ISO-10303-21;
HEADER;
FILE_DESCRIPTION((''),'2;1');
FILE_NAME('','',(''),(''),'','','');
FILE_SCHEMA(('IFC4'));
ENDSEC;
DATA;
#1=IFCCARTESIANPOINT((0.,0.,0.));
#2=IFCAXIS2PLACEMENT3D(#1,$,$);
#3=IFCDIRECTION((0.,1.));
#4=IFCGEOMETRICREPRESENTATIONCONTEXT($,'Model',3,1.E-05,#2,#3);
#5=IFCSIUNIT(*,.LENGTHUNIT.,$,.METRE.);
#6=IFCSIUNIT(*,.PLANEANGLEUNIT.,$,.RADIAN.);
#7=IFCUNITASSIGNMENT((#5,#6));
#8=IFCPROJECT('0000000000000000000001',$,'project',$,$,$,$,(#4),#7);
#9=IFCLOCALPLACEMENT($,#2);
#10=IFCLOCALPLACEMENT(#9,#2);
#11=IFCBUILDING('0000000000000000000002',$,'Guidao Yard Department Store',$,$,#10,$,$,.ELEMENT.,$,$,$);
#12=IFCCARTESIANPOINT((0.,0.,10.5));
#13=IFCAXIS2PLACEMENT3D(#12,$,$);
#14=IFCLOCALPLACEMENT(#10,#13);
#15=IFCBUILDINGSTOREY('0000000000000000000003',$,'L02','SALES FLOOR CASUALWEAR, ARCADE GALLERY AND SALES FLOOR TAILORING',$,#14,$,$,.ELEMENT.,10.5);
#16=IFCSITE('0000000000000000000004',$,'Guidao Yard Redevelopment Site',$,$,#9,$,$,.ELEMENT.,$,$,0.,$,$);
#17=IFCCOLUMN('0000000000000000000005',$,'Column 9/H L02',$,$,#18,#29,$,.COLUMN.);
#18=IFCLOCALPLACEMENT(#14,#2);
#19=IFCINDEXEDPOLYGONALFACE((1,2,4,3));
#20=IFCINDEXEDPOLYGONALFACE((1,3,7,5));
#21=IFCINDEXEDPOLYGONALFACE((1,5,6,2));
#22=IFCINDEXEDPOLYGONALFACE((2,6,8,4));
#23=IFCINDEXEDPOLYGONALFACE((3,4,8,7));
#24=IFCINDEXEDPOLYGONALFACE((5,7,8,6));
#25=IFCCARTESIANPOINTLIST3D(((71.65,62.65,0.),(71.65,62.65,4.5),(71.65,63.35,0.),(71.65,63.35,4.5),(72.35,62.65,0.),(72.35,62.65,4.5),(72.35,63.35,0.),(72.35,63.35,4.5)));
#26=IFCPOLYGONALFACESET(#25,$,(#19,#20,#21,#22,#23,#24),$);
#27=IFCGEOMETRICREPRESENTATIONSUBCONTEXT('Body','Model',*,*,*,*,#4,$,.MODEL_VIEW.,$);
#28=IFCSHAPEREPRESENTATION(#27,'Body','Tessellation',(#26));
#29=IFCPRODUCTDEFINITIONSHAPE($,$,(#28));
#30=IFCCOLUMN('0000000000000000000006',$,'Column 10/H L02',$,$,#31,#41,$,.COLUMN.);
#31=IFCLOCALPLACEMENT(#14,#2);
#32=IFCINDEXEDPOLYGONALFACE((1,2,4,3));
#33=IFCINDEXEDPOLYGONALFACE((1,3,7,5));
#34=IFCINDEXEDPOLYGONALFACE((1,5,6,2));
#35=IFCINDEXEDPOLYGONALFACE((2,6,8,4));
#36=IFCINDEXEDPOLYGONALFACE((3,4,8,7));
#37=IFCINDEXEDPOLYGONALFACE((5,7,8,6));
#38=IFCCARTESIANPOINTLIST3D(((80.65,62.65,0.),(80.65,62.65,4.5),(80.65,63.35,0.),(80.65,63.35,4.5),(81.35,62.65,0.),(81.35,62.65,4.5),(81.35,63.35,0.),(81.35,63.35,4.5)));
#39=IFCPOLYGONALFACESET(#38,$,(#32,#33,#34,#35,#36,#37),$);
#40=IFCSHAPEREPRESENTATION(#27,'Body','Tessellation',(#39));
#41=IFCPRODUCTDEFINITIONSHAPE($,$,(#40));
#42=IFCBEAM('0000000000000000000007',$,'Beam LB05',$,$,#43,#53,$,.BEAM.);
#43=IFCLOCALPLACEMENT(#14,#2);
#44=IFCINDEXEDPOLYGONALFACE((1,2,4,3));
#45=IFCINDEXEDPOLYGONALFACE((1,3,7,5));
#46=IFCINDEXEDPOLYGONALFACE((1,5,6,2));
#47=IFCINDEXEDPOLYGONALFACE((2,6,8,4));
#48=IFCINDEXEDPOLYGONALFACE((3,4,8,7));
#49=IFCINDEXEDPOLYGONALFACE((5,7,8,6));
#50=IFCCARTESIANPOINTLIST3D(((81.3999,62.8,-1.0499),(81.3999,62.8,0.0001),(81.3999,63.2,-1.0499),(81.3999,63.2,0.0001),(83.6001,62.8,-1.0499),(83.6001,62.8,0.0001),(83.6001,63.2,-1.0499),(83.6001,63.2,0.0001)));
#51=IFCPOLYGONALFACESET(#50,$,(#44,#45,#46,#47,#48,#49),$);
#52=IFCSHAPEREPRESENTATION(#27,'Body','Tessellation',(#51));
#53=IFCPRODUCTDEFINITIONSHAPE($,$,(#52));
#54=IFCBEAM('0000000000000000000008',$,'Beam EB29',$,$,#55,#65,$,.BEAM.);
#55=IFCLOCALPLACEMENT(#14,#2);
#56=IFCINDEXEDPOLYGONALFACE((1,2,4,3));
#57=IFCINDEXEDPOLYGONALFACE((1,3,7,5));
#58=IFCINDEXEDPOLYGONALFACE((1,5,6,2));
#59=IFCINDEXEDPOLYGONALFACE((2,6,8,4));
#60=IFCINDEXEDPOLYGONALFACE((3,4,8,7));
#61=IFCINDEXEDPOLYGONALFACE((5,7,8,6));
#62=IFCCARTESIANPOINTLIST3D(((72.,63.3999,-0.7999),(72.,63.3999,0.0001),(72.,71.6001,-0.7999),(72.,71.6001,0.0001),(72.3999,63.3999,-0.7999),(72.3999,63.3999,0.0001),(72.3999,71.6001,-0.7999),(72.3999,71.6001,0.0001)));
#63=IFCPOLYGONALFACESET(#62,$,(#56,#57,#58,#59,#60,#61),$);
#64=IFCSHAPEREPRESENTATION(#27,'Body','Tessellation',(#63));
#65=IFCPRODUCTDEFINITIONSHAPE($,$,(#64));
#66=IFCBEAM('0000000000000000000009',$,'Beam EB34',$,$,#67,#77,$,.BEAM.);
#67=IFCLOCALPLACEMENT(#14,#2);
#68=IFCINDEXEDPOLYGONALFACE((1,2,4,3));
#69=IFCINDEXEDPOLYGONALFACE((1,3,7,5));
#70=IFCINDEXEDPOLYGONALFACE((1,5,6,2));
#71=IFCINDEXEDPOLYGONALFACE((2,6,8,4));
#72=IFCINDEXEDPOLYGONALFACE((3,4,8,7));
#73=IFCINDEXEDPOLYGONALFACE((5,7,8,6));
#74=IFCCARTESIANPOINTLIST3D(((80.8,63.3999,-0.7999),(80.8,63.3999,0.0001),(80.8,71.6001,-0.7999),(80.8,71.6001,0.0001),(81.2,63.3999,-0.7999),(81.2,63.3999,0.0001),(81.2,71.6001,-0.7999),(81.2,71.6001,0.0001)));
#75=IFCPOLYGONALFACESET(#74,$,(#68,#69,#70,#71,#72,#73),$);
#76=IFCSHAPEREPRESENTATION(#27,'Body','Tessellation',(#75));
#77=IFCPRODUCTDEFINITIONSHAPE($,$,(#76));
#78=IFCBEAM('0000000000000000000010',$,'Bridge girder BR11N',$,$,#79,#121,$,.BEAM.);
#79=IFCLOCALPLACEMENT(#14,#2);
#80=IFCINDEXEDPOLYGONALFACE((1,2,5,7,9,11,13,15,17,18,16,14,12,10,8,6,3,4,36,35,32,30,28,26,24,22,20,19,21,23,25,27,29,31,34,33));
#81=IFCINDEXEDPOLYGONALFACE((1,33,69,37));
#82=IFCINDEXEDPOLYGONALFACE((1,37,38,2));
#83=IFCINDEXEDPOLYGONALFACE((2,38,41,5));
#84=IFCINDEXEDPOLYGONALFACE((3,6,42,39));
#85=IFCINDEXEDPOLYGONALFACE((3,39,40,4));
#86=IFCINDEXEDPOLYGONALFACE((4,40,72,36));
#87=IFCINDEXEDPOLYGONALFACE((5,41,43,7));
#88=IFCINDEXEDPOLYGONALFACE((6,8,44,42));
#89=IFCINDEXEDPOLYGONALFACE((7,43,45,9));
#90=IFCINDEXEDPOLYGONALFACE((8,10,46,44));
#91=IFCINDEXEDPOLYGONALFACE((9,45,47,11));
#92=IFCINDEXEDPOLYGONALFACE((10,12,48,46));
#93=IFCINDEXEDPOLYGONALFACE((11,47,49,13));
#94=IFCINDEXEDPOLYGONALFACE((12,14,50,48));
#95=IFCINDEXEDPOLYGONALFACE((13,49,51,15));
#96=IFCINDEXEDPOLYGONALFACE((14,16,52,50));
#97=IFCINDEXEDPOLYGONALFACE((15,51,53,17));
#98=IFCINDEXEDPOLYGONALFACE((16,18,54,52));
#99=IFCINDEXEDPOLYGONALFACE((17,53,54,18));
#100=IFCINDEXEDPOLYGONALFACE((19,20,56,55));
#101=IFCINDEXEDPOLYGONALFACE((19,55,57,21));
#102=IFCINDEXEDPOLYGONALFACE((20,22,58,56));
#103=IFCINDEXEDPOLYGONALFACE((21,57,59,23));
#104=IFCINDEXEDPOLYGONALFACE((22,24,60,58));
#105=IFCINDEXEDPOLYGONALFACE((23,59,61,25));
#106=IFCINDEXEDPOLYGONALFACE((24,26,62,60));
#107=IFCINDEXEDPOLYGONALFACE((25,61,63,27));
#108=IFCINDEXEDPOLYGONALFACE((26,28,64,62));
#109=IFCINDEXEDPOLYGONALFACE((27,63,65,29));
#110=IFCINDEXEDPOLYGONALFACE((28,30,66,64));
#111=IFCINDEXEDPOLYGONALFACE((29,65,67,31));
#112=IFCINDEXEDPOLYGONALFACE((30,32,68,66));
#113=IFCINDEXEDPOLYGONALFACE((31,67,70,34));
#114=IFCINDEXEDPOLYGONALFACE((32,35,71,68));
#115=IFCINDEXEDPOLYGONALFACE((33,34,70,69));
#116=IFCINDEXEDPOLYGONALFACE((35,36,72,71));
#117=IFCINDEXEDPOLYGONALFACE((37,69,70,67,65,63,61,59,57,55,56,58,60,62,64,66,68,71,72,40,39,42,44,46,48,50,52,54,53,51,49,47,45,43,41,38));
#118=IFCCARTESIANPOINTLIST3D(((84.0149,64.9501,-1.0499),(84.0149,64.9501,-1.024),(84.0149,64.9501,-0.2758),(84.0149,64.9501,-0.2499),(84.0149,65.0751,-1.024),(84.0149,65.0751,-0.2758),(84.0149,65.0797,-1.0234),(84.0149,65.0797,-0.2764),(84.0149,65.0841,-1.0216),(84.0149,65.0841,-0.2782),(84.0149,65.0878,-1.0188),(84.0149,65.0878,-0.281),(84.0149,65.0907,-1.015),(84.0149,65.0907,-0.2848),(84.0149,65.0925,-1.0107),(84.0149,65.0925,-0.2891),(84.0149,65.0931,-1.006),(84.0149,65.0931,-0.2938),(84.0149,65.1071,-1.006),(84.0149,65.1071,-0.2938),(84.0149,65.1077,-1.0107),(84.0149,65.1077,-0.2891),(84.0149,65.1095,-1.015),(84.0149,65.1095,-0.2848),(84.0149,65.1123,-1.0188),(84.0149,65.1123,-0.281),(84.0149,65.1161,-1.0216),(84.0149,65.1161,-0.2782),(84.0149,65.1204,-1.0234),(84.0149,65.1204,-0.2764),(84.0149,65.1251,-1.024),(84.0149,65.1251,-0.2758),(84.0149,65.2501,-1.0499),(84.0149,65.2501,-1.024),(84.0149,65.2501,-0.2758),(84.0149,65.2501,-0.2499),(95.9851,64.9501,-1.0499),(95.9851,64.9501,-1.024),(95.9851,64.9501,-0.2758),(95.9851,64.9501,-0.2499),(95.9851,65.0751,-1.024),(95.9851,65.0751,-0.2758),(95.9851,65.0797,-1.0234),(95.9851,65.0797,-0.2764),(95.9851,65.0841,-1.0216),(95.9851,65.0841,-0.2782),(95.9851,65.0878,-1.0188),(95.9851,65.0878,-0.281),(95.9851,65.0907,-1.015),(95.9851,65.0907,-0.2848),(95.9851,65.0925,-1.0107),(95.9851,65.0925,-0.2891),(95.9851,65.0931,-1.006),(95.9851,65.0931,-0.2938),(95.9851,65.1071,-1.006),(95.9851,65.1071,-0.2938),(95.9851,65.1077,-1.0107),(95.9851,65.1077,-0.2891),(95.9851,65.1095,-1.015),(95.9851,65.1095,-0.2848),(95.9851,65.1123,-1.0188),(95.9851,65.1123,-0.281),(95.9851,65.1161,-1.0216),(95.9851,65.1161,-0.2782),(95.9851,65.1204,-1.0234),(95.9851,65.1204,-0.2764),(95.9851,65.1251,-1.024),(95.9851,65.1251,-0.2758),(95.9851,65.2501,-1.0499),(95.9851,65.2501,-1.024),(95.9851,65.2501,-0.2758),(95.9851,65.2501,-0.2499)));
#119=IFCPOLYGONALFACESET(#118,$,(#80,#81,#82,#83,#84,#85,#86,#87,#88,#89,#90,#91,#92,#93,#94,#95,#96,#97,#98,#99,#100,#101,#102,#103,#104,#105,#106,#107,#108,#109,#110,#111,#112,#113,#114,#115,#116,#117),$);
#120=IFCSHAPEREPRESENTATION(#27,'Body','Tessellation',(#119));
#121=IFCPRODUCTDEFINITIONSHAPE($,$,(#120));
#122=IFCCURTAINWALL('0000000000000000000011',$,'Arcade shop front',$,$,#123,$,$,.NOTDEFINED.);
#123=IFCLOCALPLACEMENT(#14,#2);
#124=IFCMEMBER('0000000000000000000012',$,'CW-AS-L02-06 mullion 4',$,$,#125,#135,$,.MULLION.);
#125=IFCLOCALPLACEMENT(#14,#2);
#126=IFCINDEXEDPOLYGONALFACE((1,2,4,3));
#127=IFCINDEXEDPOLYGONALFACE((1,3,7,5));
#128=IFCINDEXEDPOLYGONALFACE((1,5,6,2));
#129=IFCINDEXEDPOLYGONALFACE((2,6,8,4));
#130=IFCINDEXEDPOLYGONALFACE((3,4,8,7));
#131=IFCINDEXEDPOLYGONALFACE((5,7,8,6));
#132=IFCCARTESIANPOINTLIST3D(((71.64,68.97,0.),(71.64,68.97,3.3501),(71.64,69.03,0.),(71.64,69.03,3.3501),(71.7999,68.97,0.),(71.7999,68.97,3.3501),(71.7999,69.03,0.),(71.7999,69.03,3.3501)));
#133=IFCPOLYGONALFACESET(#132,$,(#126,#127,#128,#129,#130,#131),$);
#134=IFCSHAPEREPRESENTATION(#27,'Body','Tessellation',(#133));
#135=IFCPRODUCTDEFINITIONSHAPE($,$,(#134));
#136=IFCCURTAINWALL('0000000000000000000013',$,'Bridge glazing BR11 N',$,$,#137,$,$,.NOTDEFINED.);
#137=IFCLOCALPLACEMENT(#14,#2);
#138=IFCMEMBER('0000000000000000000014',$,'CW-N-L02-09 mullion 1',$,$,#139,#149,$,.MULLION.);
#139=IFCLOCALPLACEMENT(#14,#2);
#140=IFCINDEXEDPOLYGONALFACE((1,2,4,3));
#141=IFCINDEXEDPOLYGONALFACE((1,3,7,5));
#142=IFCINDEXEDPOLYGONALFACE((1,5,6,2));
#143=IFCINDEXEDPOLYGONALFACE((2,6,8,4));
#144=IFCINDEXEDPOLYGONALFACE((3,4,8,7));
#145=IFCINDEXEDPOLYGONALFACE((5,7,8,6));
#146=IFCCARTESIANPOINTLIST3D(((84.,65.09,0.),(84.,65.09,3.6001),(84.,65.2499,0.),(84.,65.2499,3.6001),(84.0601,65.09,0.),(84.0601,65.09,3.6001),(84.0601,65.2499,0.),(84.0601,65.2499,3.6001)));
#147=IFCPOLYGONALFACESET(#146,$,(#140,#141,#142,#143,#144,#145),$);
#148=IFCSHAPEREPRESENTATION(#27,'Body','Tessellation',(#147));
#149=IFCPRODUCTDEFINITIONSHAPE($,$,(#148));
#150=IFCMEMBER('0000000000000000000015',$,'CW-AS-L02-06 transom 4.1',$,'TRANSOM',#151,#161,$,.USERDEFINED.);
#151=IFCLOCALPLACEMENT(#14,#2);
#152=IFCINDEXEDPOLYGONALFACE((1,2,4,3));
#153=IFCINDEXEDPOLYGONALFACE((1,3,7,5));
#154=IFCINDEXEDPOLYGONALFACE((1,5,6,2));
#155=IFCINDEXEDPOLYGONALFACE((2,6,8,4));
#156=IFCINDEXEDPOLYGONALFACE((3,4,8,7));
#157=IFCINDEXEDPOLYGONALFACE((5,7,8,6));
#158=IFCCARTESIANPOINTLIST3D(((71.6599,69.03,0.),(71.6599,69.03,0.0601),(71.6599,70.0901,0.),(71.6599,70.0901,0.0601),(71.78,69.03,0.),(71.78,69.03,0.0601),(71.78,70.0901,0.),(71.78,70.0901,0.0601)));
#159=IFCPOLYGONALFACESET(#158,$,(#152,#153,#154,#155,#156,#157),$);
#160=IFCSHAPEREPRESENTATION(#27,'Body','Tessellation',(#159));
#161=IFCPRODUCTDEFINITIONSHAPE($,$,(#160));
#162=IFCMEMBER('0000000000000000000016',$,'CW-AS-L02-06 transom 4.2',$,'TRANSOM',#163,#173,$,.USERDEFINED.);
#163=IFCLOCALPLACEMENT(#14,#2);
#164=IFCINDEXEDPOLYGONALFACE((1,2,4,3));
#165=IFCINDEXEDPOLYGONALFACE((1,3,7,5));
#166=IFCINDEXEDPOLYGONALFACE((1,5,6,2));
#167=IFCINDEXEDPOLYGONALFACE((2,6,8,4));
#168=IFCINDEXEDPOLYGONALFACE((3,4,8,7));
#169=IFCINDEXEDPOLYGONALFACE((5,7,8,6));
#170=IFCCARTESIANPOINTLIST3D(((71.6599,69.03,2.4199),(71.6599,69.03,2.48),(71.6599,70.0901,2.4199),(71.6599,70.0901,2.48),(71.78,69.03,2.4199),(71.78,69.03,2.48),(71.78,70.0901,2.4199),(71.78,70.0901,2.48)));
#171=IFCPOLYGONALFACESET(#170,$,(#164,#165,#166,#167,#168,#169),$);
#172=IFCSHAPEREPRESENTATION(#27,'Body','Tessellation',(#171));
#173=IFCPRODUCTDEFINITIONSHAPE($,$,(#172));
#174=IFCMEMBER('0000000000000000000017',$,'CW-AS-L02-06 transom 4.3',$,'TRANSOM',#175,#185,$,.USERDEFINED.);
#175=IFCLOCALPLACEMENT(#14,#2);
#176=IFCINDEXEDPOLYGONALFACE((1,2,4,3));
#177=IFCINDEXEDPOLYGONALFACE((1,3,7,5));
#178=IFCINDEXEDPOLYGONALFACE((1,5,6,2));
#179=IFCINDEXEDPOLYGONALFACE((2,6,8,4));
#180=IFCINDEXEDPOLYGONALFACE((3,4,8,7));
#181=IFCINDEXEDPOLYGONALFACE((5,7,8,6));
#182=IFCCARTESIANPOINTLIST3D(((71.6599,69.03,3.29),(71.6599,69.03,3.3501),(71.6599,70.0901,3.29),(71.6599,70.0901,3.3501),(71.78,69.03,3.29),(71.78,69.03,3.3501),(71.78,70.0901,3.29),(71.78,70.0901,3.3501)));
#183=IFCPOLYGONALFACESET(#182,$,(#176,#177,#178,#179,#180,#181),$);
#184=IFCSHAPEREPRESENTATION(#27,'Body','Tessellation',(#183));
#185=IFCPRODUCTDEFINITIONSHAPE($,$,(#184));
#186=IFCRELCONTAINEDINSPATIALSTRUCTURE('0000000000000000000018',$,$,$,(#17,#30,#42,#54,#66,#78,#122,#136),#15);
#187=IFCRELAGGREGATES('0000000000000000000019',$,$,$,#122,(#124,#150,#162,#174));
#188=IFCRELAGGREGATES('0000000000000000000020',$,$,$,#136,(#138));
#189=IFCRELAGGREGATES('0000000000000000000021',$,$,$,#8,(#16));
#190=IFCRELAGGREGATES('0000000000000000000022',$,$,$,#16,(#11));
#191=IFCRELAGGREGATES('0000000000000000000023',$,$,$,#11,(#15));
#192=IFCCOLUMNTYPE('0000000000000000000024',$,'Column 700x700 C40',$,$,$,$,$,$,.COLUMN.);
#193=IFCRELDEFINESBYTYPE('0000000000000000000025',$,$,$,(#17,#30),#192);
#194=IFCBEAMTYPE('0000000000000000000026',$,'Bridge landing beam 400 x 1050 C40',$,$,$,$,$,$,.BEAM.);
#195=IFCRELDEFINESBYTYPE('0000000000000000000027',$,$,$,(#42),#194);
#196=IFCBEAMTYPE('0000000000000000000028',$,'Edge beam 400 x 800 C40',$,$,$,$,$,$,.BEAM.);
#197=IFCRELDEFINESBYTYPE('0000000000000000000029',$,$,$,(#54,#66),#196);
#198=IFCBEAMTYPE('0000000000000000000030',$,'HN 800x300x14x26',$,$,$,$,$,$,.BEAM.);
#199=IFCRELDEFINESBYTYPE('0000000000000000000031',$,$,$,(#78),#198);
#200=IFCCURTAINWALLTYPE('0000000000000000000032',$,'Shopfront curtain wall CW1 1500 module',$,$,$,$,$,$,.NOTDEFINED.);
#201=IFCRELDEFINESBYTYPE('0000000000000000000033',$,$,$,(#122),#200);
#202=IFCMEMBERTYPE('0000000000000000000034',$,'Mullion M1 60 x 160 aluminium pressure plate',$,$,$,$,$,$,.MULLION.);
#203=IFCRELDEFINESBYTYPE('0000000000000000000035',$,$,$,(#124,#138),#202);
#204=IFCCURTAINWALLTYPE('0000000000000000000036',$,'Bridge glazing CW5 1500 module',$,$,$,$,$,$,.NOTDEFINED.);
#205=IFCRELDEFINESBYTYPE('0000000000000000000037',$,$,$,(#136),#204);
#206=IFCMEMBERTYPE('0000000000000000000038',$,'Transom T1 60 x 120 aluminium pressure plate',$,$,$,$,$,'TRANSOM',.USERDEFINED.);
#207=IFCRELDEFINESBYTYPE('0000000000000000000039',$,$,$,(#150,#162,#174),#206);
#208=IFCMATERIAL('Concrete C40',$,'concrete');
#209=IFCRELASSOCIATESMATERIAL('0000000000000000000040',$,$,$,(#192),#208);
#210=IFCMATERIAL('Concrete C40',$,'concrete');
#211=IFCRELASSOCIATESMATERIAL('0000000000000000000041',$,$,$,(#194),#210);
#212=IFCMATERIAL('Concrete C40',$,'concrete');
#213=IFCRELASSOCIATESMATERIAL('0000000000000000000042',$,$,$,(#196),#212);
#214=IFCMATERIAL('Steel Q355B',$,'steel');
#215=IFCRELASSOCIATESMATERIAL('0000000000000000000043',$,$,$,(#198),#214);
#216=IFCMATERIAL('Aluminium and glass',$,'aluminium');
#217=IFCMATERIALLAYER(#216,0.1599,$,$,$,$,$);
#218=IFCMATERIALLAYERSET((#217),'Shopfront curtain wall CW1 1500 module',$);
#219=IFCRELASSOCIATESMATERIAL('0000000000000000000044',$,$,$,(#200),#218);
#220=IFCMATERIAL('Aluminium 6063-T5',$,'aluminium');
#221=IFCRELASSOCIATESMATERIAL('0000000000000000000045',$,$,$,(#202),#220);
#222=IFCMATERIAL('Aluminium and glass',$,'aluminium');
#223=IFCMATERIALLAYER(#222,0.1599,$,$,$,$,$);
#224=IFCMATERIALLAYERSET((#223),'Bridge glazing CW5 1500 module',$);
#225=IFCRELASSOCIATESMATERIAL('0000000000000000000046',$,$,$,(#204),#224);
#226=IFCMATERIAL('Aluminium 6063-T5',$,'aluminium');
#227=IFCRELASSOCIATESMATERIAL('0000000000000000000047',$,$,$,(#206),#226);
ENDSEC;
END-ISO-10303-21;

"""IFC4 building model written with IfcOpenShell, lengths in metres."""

from ifc_helpers import new_model, si_unit, direction, frame, origin, origin_2d, place, context, subcontext, project, spatial, rectangle, i_section, extrude, material, layer, layer_set, material_profile, profile_set, type_object, element, aggregate, save


model = new_model("IFC4")

# Units and contexts
model_context = context("Model", 3, precision=1e-05, world=origin(), true_north=direction((0.0, 1.0)))
body_context = subcontext(model_context, "Body", "Model", "MODEL_VIEW")
ifc_project = project(units=[si_unit("LENGTHUNIT", "METRE"), si_unit("PLANEANGLEUNIT", "RADIAN")], contexts=[model_context])

# Site, building, storey
site_placement = place(None, origin())
site = spatial("IfcSite", under=ifc_project, at=site_placement, Name="Guidao Yard Redevelopment Site", CompositionType="ELEMENT", RefElevation=0.0)
building_placement = place(site_placement, origin())
building = spatial("IfcBuilding", under=site, at=building_placement, Name="Guidao Yard Department Store", CompositionType="ELEMENT")
storey_placement = place(building_placement, frame((0.0, 0.0, 10.5)))
storey = spatial("IfcBuildingStorey", under=building, at=storey_placement, Name="L02", Description="SALES FLOOR CASUALWEAR, ARCADE GALLERY AND SALES FLOOR TAILORING", CompositionType="ELEMENT", Elevation=10.5)

# Columns
ifc_material_1 = material(Name="Concrete C40", Category="concrete")
ifc_material_profile_1 = material_profile(ifc_material_1, rectangle(XDim=0.7, YDim=0.7, at=origin_2d()), Name="COL 700x700")
ifc_profile_set_1 = profile_set([ifc_material_profile_1], Name="Concrete C40")
column_type = type_object("IfcColumnType", Name="Column 700x700 C40", PredefinedType="COLUMN", material=ifc_profile_set_1)
for number, where, z_axis, x_axis, name in (
    (1, (72.0, 63.0, 0.0), (0.0, 0.0, 1.0), (1.0, 0.0, 0.0), "Column 9/H L02"),
    (2, (81.0, 63.0, 0.0), (0.0, 0.0, 1.0), (1.0, 0.0, 0.0), "Column 10/H L02"),
):
    element("IfcColumn", number, at=place(storey_placement, frame(where, z_axis=z_axis, x_axis=x_axis)), inside=storey, type_object=column_type, Name=name, PredefinedType="COLUMN", context=body_context, shape_type="SweptSolid", body=[
        extrude(rectangle(XDim=0.7, YDim=0.7, at=origin_2d()), origin(), (0.0, 0.0, 1.0), 4.5),
    ])

# Beams
ifc_material_2 = material(Name="Concrete C40", Category="concrete")
ifc_material_profile_2 = material_profile(ifc_material_2, rectangle(XDim=0.3999, YDim=1.05, at=origin_2d()), Name="Bridge landing beam 400 x 1050 C40")
ifc_profile_set_2 = profile_set([ifc_material_profile_2], Name="Concrete C40")
beam_type_1 = type_object("IfcBeamType", Name="Bridge landing beam 400 x 1050 C40", PredefinedType="BEAM", material=ifc_profile_set_2)
beam_1_placement = place(storey_placement, frame((81.3999, 63.0, -0.5249), z_axis=(1.0, 0.0, 0.0), x_axis=(0.0, 1.0, 0.0)))
element("IfcBeam", 3, at=beam_1_placement, inside=storey, type_object=beam_type_1, Name="Beam LB05", PredefinedType="BEAM", context=body_context, shape_type="SweptSolid", body=[
    extrude(rectangle(XDim=0.3999, YDim=1.05, at=origin_2d()), origin(), (0.0, 0.0, 1.0), 2.2002),
])
ifc_material_3 = material(Name="Concrete C40", Category="concrete")
ifc_material_profile_3 = material_profile(ifc_material_3, rectangle(XDim=0.3999, YDim=0.8, at=origin_2d()), Name="Edge beam 400 x 800 C40")
ifc_profile_set_3 = profile_set([ifc_material_profile_3], Name="Concrete C40")
beam_type_2 = type_object("IfcBeamType", Name="Edge beam 400 x 800 C40", PredefinedType="BEAM", material=ifc_profile_set_3)
for number, where, z_axis, x_axis, name in (
    (4, (72.2, 63.3999, -0.3999), (0.0, 1.0, 0.0), (-1.0, 0.0, 0.0), "Beam EB29"),
    (5, (81.0, 63.3999, -0.3999), (0.0, 1.0, 0.0), (-1.0, 0.0, 0.0), "Beam EB34"),
):
    element("IfcBeam", number, at=place(storey_placement, frame(where, z_axis=z_axis, x_axis=x_axis)), inside=storey, type_object=beam_type_2, Name=name, PredefinedType="BEAM", context=body_context, shape_type="SweptSolid", body=[
        extrude(rectangle(XDim=0.3999, YDim=0.8, at=origin_2d()), origin(), (0.0, 0.0, 1.0), 8.2002),
    ])
ifc_material_4 = material(Name="Steel Q355B", Category="steel")
ifc_material_profile_4 = material_profile(ifc_material_4, i_section(OverallWidth=0.3, OverallDepth=0.8, WebThickness=0.0139, FlangeThickness=0.0259, FilletRadius=0.0181, at=origin_2d()), Name="HN 800x300x14x26")
ifc_profile_set_4 = profile_set([ifc_material_profile_4], Name="Steel Q355B")
beam_type_3 = type_object("IfcBeamType", Name="HN 800x300x14x26", PredefinedType="BEAM", material=ifc_profile_set_4)
beam_2_placement = place(storey_placement, frame((84.0149, 65.1001, -0.6499), z_axis=(1.0, 0.0, 0.0), x_axis=(0.0, 1.0, 0.0)))
element("IfcBeam", 6, at=beam_2_placement, inside=storey, type_object=beam_type_3, Name="Bridge girder BR11N", PredefinedType="BEAM", context=body_context, shape_type="SweptSolid", body=[
    extrude(i_section(OverallWidth=0.3, OverallDepth=0.8, WebThickness=0.0139, FlangeThickness=0.0259, FilletRadius=0.0181, at=origin_2d()), origin(), (0.0, 0.0, 1.0), 11.9702),
])

# Curtain walls, members
ifc_material_5 = material(Name="Aluminium and glass", Category="aluminium")
ifc_layer_1 = layer(ifc_material_5, 0.1599)
ifc_layer_set_1 = layer_set([ifc_layer_1], Name="Shopfront curtain wall CW1 1500 module")
curtain_wall_type_1 = type_object("IfcCurtainWallType", Name="Shopfront curtain wall CW1 1500 module", PredefinedType="NOTDEFINED", material=ifc_layer_set_1)
curtain_wall_1_placement = place(storey_placement, origin())
curtain_wall_1 = element("IfcCurtainWall", 7, at=curtain_wall_1_placement, inside=storey, type_object=curtain_wall_type_1, Name="Arcade shop front", PredefinedType="NOTDEFINED")
ifc_material_6 = material(Name="Aluminium 6063-T5", Category="aluminium")
ifc_material_profile_5 = material_profile(ifc_material_6, rectangle(XDim=0.0601, YDim=0.1599, at=origin_2d()), Name="Mullion M1 60 x 160 aluminium pressure plate")
ifc_profile_set_5 = profile_set([ifc_material_profile_5], Name="Aluminium 6063-T5")
member_type_1 = type_object("IfcMemberType", Name="Mullion M1 60 x 160 aluminium pressure plate", PredefinedType="MULLION", material=ifc_profile_set_5)
member_1_placement = place(storey_placement, frame((71.72, 69.0, 0.0), z_axis=(0.0, 0.0, 1.0), x_axis=(0.0, 1.0, 0.0)))
member_1 = element("IfcMember", 8, at=member_1_placement, type_object=member_type_1, Name="CW-AS-L02-06 mullion 4", PredefinedType="MULLION", context=body_context, shape_type="SweptSolid", body=[
    extrude(rectangle(XDim=0.0601, YDim=0.1599, at=origin_2d()), origin(), (0.0, 0.0, 1.0), 3.3501),
])
ifc_material_7 = material(Name="Aluminium and glass", Category="aluminium")
ifc_layer_2 = layer(ifc_material_7, 0.1599)
ifc_layer_set_2 = layer_set([ifc_layer_2], Name="Bridge glazing CW5 1500 module")
curtain_wall_type_2 = type_object("IfcCurtainWallType", Name="Bridge glazing CW5 1500 module", PredefinedType="NOTDEFINED", material=ifc_layer_set_2)
curtain_wall_2_placement = place(storey_placement, origin())
curtain_wall_2 = element("IfcCurtainWall", 9, at=curtain_wall_2_placement, inside=storey, type_object=curtain_wall_type_2, Name="Bridge glazing BR11 N", PredefinedType="NOTDEFINED")
member_2_placement = place(storey_placement, frame((84.03, 65.1699, 0.0), z_axis=(0.0, 0.0, 1.0), x_axis=(1.0, 0.0, 0.0)))
member_2 = element("IfcMember", 10, at=member_2_placement, type_object=member_type_1, Name="CW-N-L02-09 mullion 1", PredefinedType="MULLION", context=body_context, shape_type="SweptSolid", body=[
    extrude(rectangle(XDim=0.0601, YDim=0.1599, at=origin_2d()), origin(), (0.0, 0.0, 1.0), 3.6001),
])

# Members
ifc_material_8 = material(Name="Aluminium 6063-T5", Category="aluminium")
ifc_material_profile_6 = material_profile(ifc_material_8, rectangle(XDim=0.1201, YDim=0.0601, at=origin_2d()), Name="Transom T1 60 x 120 aluminium pressure plate")
ifc_profile_set_6 = profile_set([ifc_material_profile_6], Name="Aluminium 6063-T5")
member_type_2 = type_object("IfcMemberType", Name="Transom T1 60 x 120 aluminium pressure plate", ElementType="TRANSOM", PredefinedType="USERDEFINED", material=ifc_profile_set_6)
member_3_placement = place(storey_placement, frame((71.72, 69.03, 0.03), z_axis=(0.0, 1.0, 0.0), x_axis=(-1.0, 0.0, 0.0)))
member_3 = element("IfcMember", 11, at=member_3_placement, type_object=member_type_2, Name="CW-AS-L02-06 transom 4.1", ObjectType="TRANSOM", PredefinedType="USERDEFINED", context=body_context, shape_type="SweptSolid", body=[
    extrude(rectangle(XDim=0.1201, YDim=0.0601, at=origin_2d()), origin(), (0.0, 0.0, 1.0), 1.0601),
])
member_4_placement = place(storey_placement, frame((71.72, 69.03, 2.45), z_axis=(0.0, 1.0, 0.0), x_axis=(-1.0, 0.0, 0.0)))
member_4 = element("IfcMember", 12, at=member_4_placement, type_object=member_type_2, Name="CW-AS-L02-06 transom 4.2", ObjectType="TRANSOM", PredefinedType="USERDEFINED", context=body_context, shape_type="SweptSolid", body=[
    extrude(rectangle(XDim=0.1201, YDim=0.0601, at=origin_2d()), origin(), (0.0, 0.0, 1.0), 1.0601),
])
member_5_placement = place(storey_placement, frame((71.72, 69.03, 3.3201), z_axis=(0.0, 1.0, 0.0), x_axis=(-1.0, 0.0, 0.0)))
member_5 = element("IfcMember", 13, at=member_5_placement, type_object=member_type_2, Name="CW-AS-L02-06 transom 4.3", ObjectType="TRANSOM", PredefinedType="USERDEFINED", context=body_context, shape_type="SweptSolid", body=[
    extrude(rectangle(XDim=0.1201, YDim=0.0601, at=origin_2d()), origin(), (0.0, 0.0, 1.0), 1.0601),
])

aggregate(curtain_wall_1, [member_1, member_3, member_4, member_5])
aggregate(curtain_wall_2, [member_2])

save(model, "model.ifc")
